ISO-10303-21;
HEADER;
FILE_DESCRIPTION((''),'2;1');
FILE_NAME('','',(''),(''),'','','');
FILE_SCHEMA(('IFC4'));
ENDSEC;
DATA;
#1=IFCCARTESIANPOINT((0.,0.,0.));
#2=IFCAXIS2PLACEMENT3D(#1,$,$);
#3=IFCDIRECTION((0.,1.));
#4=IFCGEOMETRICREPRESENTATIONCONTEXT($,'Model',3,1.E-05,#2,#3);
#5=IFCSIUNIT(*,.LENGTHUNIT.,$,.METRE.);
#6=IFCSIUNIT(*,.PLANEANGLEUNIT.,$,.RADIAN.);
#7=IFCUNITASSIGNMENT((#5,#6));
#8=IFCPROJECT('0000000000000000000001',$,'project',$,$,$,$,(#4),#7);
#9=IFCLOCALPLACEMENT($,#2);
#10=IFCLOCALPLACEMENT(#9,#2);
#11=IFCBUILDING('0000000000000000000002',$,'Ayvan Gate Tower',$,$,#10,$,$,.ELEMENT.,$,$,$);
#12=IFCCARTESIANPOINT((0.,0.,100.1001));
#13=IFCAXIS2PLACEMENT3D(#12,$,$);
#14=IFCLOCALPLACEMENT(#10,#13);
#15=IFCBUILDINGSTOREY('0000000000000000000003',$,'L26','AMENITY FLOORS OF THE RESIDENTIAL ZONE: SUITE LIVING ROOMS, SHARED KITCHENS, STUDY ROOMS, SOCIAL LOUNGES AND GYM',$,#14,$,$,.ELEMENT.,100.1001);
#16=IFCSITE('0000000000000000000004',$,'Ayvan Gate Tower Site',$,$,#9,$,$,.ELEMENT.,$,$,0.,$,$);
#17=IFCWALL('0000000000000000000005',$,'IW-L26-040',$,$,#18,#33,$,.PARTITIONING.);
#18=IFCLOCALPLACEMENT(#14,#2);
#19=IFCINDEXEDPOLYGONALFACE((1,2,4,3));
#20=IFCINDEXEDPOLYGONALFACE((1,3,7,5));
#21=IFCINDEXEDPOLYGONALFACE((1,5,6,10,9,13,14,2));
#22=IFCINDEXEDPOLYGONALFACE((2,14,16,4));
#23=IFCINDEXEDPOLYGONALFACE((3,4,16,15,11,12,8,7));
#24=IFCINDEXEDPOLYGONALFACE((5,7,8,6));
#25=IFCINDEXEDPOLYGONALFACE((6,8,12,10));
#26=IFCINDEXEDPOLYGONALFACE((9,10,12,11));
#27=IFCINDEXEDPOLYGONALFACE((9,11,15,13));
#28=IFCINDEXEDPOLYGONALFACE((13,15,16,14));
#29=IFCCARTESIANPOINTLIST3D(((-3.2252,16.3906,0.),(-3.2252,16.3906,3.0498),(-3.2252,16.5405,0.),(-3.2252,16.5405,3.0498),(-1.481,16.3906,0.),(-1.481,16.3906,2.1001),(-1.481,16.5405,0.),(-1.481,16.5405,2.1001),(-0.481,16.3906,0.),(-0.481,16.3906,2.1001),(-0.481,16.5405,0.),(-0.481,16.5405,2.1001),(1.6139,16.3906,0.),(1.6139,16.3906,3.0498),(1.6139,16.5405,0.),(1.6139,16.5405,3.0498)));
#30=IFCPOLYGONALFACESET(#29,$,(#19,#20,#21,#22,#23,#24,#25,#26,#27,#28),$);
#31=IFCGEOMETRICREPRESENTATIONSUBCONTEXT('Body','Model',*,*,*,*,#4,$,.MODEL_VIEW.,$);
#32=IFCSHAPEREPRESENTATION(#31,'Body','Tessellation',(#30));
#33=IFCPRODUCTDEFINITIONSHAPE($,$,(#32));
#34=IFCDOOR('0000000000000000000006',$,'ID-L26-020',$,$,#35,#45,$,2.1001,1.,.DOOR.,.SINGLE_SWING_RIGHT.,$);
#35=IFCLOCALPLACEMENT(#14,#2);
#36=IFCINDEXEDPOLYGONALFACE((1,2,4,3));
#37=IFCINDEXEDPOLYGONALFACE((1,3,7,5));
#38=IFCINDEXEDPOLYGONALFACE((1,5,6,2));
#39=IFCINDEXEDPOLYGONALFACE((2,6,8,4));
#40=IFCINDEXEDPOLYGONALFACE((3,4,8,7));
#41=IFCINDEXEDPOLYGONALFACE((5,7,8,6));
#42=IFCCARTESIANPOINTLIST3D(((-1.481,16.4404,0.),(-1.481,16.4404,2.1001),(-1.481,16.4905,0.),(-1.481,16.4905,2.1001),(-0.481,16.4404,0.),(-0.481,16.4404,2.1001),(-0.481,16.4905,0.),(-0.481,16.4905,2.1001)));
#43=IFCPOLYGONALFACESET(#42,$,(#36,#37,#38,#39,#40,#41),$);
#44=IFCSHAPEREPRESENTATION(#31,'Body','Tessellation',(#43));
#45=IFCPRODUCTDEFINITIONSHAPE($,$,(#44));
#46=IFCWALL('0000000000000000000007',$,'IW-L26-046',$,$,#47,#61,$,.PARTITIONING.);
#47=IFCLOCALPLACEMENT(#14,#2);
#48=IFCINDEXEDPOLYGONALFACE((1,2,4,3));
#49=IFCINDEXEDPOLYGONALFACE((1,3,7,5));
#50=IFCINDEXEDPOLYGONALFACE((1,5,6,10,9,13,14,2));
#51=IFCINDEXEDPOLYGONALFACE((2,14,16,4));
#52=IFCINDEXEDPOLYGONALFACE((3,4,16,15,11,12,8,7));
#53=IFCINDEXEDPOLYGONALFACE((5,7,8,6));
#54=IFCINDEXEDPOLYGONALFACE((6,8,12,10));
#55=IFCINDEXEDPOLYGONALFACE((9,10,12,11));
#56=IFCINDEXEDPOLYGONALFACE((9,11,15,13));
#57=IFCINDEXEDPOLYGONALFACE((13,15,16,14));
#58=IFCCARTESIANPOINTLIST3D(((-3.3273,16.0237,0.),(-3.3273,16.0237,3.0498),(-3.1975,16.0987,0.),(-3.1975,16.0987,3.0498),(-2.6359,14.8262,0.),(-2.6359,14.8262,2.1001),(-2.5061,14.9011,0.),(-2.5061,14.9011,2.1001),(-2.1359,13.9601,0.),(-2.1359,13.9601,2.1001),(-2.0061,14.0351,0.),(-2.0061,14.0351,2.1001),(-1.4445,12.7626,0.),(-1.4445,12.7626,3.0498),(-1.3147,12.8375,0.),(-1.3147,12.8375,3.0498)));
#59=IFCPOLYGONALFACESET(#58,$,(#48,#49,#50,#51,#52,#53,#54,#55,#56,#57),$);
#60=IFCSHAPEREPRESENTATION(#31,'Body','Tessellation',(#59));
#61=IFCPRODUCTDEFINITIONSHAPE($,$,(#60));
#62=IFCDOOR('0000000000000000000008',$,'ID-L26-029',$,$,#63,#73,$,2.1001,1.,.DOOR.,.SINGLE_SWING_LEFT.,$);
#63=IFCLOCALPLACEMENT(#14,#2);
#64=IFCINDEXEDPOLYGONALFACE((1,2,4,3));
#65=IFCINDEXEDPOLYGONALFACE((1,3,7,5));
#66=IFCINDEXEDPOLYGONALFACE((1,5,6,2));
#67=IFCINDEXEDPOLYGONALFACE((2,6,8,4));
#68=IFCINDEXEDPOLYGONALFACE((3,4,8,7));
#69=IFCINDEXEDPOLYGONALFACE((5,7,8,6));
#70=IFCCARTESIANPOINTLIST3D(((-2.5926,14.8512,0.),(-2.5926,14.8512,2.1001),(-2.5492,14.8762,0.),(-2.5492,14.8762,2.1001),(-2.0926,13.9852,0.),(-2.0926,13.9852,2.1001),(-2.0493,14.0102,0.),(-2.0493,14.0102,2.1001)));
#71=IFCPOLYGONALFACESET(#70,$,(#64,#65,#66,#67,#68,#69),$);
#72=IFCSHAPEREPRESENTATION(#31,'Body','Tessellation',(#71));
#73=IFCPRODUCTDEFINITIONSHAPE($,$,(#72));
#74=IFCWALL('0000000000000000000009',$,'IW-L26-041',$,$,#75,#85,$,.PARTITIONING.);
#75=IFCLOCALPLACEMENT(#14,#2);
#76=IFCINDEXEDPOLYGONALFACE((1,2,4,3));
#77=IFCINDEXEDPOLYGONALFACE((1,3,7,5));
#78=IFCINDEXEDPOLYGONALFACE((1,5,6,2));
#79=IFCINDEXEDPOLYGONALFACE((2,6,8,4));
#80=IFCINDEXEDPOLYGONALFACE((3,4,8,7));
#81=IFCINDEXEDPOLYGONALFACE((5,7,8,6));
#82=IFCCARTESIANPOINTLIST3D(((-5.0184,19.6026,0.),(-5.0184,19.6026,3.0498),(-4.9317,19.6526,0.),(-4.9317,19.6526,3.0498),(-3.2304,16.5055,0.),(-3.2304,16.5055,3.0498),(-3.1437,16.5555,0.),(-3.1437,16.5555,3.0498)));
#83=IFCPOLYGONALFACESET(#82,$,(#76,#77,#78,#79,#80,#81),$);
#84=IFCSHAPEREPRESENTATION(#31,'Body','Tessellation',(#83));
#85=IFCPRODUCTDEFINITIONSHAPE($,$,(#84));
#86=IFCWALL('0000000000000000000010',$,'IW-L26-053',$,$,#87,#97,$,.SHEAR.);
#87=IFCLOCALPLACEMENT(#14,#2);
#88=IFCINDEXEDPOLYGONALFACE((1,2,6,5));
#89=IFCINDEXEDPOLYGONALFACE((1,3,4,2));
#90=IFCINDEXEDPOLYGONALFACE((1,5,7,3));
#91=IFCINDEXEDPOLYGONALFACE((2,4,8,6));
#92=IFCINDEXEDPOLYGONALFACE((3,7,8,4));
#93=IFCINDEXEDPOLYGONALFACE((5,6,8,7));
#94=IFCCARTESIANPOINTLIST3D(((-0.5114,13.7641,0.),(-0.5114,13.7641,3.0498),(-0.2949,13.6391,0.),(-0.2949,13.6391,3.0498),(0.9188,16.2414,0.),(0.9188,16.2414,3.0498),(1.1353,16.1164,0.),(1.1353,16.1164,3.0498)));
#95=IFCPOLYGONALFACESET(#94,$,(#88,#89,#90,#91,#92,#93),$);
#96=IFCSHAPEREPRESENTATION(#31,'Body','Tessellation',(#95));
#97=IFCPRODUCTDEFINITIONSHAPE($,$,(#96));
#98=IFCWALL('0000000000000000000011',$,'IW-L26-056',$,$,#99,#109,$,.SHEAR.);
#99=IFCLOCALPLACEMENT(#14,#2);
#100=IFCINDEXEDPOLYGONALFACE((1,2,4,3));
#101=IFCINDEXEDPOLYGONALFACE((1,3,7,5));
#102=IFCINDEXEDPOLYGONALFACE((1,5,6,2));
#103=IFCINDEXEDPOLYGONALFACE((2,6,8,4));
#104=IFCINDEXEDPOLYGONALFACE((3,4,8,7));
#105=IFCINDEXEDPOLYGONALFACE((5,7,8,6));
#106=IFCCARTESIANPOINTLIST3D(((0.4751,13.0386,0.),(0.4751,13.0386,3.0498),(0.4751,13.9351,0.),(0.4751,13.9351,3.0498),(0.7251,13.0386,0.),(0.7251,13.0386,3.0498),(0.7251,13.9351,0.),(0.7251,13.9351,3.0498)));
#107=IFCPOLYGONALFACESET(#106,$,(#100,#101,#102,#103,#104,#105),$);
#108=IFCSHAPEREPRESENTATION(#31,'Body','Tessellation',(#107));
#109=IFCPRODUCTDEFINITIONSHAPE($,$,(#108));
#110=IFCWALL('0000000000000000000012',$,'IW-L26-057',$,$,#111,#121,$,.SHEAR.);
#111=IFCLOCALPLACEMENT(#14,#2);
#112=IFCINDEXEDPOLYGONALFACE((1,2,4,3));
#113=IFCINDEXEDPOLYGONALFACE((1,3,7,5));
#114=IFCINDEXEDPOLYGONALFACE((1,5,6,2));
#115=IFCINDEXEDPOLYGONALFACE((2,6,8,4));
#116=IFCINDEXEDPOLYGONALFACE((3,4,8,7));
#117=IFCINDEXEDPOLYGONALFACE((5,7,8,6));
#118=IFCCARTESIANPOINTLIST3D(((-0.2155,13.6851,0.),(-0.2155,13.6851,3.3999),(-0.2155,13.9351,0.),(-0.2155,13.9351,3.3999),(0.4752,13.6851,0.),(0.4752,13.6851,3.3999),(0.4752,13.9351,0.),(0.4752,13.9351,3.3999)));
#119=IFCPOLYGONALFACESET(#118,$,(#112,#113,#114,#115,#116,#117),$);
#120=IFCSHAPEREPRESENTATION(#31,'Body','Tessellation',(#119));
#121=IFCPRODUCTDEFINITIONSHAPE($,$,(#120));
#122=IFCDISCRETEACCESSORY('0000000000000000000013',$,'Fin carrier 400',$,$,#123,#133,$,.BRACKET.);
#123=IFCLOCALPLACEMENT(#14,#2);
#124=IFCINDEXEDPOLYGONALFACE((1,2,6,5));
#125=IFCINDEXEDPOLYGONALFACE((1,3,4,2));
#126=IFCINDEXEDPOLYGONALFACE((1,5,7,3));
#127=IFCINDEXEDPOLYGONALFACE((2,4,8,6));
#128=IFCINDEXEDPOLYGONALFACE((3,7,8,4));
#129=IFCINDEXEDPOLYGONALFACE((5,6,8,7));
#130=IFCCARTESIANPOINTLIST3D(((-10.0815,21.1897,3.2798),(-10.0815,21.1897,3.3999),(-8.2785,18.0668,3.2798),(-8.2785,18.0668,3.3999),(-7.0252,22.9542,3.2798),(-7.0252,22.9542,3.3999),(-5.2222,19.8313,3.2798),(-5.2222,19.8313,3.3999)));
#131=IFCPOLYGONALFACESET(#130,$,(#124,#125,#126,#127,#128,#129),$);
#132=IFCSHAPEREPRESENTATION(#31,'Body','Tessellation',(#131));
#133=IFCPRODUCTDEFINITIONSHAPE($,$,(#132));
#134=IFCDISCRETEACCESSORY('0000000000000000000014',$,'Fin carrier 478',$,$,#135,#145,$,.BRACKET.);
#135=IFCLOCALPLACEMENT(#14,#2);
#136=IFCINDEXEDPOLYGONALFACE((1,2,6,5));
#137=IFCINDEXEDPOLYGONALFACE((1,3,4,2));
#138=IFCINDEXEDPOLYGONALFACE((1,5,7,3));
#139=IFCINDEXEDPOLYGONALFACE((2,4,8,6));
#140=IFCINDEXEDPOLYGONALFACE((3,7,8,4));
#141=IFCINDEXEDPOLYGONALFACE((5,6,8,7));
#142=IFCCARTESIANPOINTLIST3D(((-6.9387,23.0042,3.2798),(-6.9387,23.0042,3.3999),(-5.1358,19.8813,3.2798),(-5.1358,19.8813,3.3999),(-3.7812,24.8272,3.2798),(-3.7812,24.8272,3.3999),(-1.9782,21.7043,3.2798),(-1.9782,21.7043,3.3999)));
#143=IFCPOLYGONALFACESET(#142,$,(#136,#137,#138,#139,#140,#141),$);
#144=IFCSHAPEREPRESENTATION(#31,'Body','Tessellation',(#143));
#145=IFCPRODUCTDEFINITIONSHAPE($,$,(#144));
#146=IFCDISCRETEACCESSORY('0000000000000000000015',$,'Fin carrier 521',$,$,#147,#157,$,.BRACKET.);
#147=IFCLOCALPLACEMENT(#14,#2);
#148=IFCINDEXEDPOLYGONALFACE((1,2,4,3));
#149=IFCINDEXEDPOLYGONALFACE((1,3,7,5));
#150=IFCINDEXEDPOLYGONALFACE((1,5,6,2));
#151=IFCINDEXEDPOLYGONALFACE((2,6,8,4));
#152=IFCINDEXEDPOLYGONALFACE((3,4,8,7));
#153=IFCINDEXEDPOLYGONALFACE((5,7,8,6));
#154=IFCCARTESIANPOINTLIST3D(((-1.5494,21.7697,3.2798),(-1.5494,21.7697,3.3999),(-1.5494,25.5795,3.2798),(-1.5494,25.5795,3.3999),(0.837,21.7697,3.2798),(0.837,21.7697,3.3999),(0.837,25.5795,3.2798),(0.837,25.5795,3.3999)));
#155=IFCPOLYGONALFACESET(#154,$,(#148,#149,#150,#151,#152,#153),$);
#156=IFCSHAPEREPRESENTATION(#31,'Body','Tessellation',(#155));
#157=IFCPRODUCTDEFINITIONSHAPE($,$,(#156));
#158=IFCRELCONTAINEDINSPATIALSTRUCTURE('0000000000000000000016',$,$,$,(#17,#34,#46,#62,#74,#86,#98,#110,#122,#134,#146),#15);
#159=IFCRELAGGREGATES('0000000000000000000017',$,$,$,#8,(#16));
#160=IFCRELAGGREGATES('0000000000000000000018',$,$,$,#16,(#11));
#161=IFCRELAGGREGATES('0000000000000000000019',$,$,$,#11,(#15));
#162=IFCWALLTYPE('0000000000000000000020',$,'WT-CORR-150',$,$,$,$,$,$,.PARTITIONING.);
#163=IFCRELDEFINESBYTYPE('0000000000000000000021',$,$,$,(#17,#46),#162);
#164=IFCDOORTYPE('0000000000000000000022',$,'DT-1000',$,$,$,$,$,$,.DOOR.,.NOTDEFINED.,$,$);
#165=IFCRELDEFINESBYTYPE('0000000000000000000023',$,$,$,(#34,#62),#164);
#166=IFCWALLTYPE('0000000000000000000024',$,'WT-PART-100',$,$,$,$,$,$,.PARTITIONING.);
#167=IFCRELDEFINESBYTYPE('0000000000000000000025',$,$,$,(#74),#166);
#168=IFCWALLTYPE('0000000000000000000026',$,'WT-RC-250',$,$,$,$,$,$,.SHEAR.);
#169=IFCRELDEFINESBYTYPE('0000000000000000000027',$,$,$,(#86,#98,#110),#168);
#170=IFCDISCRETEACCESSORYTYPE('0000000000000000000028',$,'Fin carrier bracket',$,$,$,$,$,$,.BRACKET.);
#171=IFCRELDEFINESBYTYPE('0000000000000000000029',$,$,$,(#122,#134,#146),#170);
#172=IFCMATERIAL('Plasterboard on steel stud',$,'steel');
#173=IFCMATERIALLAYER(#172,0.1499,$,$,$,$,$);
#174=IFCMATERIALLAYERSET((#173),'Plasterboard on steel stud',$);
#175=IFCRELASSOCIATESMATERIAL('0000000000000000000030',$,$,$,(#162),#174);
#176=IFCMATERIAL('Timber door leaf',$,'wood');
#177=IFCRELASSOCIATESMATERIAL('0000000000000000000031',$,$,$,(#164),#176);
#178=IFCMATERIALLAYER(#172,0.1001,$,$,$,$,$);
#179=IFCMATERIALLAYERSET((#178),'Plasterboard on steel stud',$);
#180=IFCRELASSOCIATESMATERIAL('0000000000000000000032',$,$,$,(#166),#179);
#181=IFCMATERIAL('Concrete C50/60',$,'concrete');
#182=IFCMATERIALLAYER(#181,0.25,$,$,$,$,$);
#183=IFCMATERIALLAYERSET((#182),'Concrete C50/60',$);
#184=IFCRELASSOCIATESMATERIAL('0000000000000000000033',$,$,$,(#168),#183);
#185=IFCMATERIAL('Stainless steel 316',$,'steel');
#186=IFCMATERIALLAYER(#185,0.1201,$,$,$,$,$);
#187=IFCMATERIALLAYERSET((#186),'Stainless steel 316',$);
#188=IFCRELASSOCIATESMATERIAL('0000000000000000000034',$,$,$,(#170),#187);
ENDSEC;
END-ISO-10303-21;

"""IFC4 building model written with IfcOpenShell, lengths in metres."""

from ifc_helpers import new_model, si_unit, direction, frame, frame_2d, origin, origin_2d, place, context, subcontext, project, spatial, rectangle, extrude, material, layer, layer_set, type_object, element, fill, save


model = new_model("IFC4")

# Units and contexts
model_context = context("Model", 3, precision=1e-05, world=origin(), true_north=direction((0.0, 1.0)))
body_context = subcontext(model_context, "Body", "Model", "MODEL_VIEW")
ifc_project = project(units=[si_unit("LENGTHUNIT", "METRE"), si_unit("PLANEANGLEUNIT", "RADIAN")], contexts=[model_context])

# Site, building, storey
site_placement = place(None, origin())
site = spatial("IfcSite", under=ifc_project, at=site_placement, Name="Ayvan Gate Tower Site", CompositionType="ELEMENT", RefElevation=0.0)
building_placement = place(site_placement, origin())
building = spatial("IfcBuilding", under=site, at=building_placement, Name="Ayvan Gate Tower", CompositionType="ELEMENT")
storey_placement = place(building_placement, frame((0.0, 0.0, 100.1001)))
storey = spatial("IfcBuildingStorey", under=building, at=storey_placement, Name="L26", Description="AMENITY FLOORS OF THE RESIDENTIAL ZONE: SUITE LIVING ROOMS, SHARED KITCHENS, STUDY ROOMS, SOCIAL LOUNGES AND GYM", CompositionType="ELEMENT", Elevation=100.1001)

# Shared definitions
ifc_material_1 = material(Name="Plasterboard on steel stud", Category="steel")
ifc_layer_1 = layer(ifc_material_1, 0.1499)
ifc_layer_set_1 = layer_set([ifc_layer_1], Name="Plasterboard on steel stud")
wall_type_1 = type_object("IfcWallType", Name="WT-CORR-150", PredefinedType="PARTITIONING", material=ifc_layer_set_1)

# Walls, openings, doors
wall_1_placement = place(storey_placement, frame((-3.2251, 16.4656, 0.0), z_axis=(0.0, 0.0, 1.0), x_axis=(1.0, 0.0, 0.0)))
wall_1 = element("IfcWall", 1, at=wall_1_placement, inside=storey, type_object=wall_type_1, Name="IW-L26-040", PredefinedType="PARTITIONING", context=body_context, shape_type="SweptSolid", body=[
    extrude(rectangle(XDim=4.8391, YDim=0.1499, at=frame_2d((2.4194, 0.0))), origin(), (0.0, 0.0, 1.0), 3.0498),
])
opening_1_placement = place(wall_1_placement, frame((1.7441, 0.0, 0.0)))
opening_1 = element("IfcOpeningElement", 2, at=opening_1_placement, cuts=wall_1, PredefinedType="OPENING", context=body_context, shape_type="SweptSolid", body=[
    extrude(rectangle(XDim=1.0, YDim=2.1001, at=frame_2d((0.5, 1.05))), frame((0.0, 0.085, 0.0), z_axis=(0.0, -1.0, 0.0), x_axis=(1.0, 0.0, 0.0)), (0.0, 0.0, 1.0), 0.1699),
])
ifc_material_2 = material(Name="Timber door leaf", Category="wood")
door_type = type_object("IfcDoorType", Name="DT-1000", OperationType="NOTDEFINED", PredefinedType="DOOR", material=ifc_material_2)
door_1_placement = place(opening_1_placement, origin())
door_1 = element("IfcDoor", 3, at=door_1_placement, inside=storey, type_object=door_type, Name="ID-L26-020", OperationType="SINGLE_SWING_RIGHT", OverallHeight=2.1001, OverallWidth=1.0, PredefinedType="DOOR", context=body_context, shape_type="SweptSolid", body=[
    extrude(rectangle(XDim=1.0, YDim=2.1001, at=frame_2d((0.5, 1.05))), frame((0.0, 0.0249, 0.0), z_axis=(0.0, -1.0, 0.0), x_axis=(1.0, 0.0, 0.0)), (0.0, 0.0, 1.0), 0.05),
])
fill(opening_1, door_1)
wall_2_placement = place(storey_placement, frame((-1.3796, 12.8, 0.0), z_axis=(0.0, 0.0, 1.0), x_axis=(-0.499988, 0.866032, 0.0)))
wall_2 = element("IfcWall", 4, at=wall_2_placement, inside=storey, type_object=wall_type_1, Name="IW-L26-046", PredefinedType="PARTITIONING", context=body_context, shape_type="SweptSolid", body=[
    extrude(rectangle(XDim=3.7656, YDim=0.1499, at=frame_2d((1.8828, 0.0))), origin(), (0.0, 0.0, 1.0), 3.0498),
])
opening_2_placement = place(wall_2_placement, frame((1.3828, 0.0, 0.0)))
opening_2 = element("IfcOpeningElement", 5, at=opening_2_placement, cuts=wall_2, PredefinedType="OPENING", context=body_context, shape_type="SweptSolid", body=[
    extrude(rectangle(XDim=1.0, YDim=2.1001, at=frame_2d((0.5, 1.05))), frame((0.0, 0.085, 0.0), z_axis=(0.0, -1.0, 0.0), x_axis=(1.0, 0.0, 0.0)), (0.0, 0.0, 1.0), 0.1699),
])
door_2_placement = place(opening_2_placement, origin())
door_2 = element("IfcDoor", 6, at=door_2_placement, inside=storey, type_object=door_type, Name="ID-L26-029", OperationType="SINGLE_SWING_LEFT", OverallHeight=2.1001, OverallWidth=1.0, PredefinedType="DOOR", context=body_context, shape_type="SweptSolid", body=[
    extrude(rectangle(XDim=1.0, YDim=2.1001, at=frame_2d((0.5, 1.05))), frame((0.0, 0.0249, 0.0), z_axis=(0.0, -1.0, 0.0), x_axis=(1.0, 0.0, 0.0)), (0.0, 0.0, 1.0), 0.05),
])
fill(opening_2, door_2)

# Walls
ifc_layer_2 = layer(ifc_material_1, 0.1001)
ifc_layer_set_2 = layer_set([ifc_layer_2], Name="Plasterboard on steel stud")
wall_type_2 = type_object("IfcWallType", Name="WT-PART-100", PredefinedType="PARTITIONING", material=ifc_layer_set_2)
wall_3_placement = place(storey_placement, frame((-3.187, 16.5305, 0.0), z_axis=(0.0, 0.0, 1.0), x_axis=(-0.499986, 0.866033, 0.0)))
element("IfcWall", 7, at=wall_3_placement, inside=storey, type_object=wall_type_2, Name="IW-L26-041", PredefinedType="PARTITIONING", context=body_context, shape_type="SweptSolid", body=[
    extrude(rectangle(XDim=3.5762, YDim=0.1001, at=frame_2d((1.7881, 0.0))), origin(), (0.0, 0.0, 1.0), 3.0498),
])
ifc_material_3 = material(Name="Concrete C50/60", Category="concrete")
ifc_layer_3 = layer(ifc_material_3, 0.25)
ifc_layer_set_3 = layer_set([ifc_layer_3], Name="Concrete C50/60")
wall_type_3 = type_object("IfcWallType", Name="WT-RC-250", PredefinedType="SHEAR", material=ifc_layer_set_3)
wall_4_placement = place(storey_placement, frame((-0.4031, 13.7017, 0.0), z_axis=(0.0, 0.0, 1.0), x_axis=(0.499976, 0.866039, 0.0)))
element("IfcWall", 8, at=wall_4_placement, inside=storey, type_object=wall_type_3, Name="IW-L26-053", PredefinedType="SHEAR", context=body_context, shape_type="SweptSolid", body=[
    extrude(rectangle(XDim=2.8606, YDim=0.25, at=frame_2d((1.4302, 0.0))), origin(), (0.0, 0.0, 1.0), 3.0498),
])
wall_5_placement = place(storey_placement, frame((0.6001, 13.0386, 0.0), z_axis=(0.0, 0.0, 1.0), x_axis=(0.0, 1.0, 0.0)))
element("IfcWall", 9, at=wall_5_placement, inside=storey, type_object=wall_type_3, Name="IW-L26-056", PredefinedType="SHEAR", context=body_context, shape_type="SweptSolid", body=[
    extrude(rectangle(XDim=0.8965, YDim=0.25, at=frame_2d((0.4482, 0.0))), origin(), (0.0, 0.0, 1.0), 3.0498),
])
wall_6_placement = place(storey_placement, frame((0.4751, 13.8101, 0.0), z_axis=(0.0, 0.0, 1.0), x_axis=(-1.0, 0.0, 0.0)))
element("IfcWall", 10, at=wall_6_placement, inside=storey, type_object=wall_type_3, Name="IW-L26-057", PredefinedType="SHEAR", context=body_context, shape_type="SweptSolid", body=[
    extrude(rectangle(XDim=0.6907, YDim=0.25, at=frame_2d((0.3452, 0.0))), origin(), (0.0, 0.0, 1.0), 3.3999),
])

# Discrete accessories
ifc_material_4 = material(Name="Stainless steel 316", Category="steel")
ifc_layer_4 = layer(ifc_material_4, 0.1201)
ifc_layer_set_4 = layer_set([ifc_layer_4], Name="Stainless steel 316")
discrete_accessory_type = type_object("IfcDiscreteAccessoryType", Name="Fin carrier bracket", PredefinedType="BRACKET", material=ifc_layer_set_4)
discrete_accessory_1_placement = place(storey_placement, frame((-7.6519, 20.5105, 3.2798), z_axis=(0.0, 0.0, 1.0), x_axis=(-0.866025, -0.5, 0.0)))
element("IfcDiscreteAccessory", 11, at=discrete_accessory_1_placement, inside=storey, type_object=discrete_accessory_type, Name="Fin carrier 400", PredefinedType="BRACKET", context=body_context, shape_type="SweptSolid", body=[
    extrude(rectangle(XDim=3.5291, YDim=3.606, at=origin_2d()), origin(), (0.0, 0.0, 1.0), 0.1201),
])
discrete_accessory_2_placement = place(storey_placement, frame((-4.4585, 22.3542, 3.2798), z_axis=(0.0, 0.0, 1.0), x_axis=(-0.866025, -0.5, 0.0)))
element("IfcDiscreteAccessory", 12, at=discrete_accessory_2_placement, inside=storey, type_object=discrete_accessory_type, Name="Fin carrier 478", PredefinedType="BRACKET", context=body_context, shape_type="SweptSolid", body=[
    extrude(rectangle(XDim=3.646, YDim=3.606, at=origin_2d()), origin(), (0.0, 0.0, 1.0), 0.1201),
])
discrete_accessory_3_placement = place(storey_placement, frame((-0.3562, 23.6746, 3.2798), z_axis=(0.0, 0.0, 1.0), x_axis=(-1.0, 0.0, 0.0)))
element("IfcDiscreteAccessory", 13, at=discrete_accessory_3_placement, inside=storey, type_object=discrete_accessory_type, Name="Fin carrier 521", PredefinedType="BRACKET", context=body_context, shape_type="SweptSolid", body=[
    extrude(rectangle(XDim=2.3865, YDim=3.8098, at=origin_2d()), origin(), (0.0, 0.0, 1.0), 0.1201),
])

save(model, "model.ifc")
